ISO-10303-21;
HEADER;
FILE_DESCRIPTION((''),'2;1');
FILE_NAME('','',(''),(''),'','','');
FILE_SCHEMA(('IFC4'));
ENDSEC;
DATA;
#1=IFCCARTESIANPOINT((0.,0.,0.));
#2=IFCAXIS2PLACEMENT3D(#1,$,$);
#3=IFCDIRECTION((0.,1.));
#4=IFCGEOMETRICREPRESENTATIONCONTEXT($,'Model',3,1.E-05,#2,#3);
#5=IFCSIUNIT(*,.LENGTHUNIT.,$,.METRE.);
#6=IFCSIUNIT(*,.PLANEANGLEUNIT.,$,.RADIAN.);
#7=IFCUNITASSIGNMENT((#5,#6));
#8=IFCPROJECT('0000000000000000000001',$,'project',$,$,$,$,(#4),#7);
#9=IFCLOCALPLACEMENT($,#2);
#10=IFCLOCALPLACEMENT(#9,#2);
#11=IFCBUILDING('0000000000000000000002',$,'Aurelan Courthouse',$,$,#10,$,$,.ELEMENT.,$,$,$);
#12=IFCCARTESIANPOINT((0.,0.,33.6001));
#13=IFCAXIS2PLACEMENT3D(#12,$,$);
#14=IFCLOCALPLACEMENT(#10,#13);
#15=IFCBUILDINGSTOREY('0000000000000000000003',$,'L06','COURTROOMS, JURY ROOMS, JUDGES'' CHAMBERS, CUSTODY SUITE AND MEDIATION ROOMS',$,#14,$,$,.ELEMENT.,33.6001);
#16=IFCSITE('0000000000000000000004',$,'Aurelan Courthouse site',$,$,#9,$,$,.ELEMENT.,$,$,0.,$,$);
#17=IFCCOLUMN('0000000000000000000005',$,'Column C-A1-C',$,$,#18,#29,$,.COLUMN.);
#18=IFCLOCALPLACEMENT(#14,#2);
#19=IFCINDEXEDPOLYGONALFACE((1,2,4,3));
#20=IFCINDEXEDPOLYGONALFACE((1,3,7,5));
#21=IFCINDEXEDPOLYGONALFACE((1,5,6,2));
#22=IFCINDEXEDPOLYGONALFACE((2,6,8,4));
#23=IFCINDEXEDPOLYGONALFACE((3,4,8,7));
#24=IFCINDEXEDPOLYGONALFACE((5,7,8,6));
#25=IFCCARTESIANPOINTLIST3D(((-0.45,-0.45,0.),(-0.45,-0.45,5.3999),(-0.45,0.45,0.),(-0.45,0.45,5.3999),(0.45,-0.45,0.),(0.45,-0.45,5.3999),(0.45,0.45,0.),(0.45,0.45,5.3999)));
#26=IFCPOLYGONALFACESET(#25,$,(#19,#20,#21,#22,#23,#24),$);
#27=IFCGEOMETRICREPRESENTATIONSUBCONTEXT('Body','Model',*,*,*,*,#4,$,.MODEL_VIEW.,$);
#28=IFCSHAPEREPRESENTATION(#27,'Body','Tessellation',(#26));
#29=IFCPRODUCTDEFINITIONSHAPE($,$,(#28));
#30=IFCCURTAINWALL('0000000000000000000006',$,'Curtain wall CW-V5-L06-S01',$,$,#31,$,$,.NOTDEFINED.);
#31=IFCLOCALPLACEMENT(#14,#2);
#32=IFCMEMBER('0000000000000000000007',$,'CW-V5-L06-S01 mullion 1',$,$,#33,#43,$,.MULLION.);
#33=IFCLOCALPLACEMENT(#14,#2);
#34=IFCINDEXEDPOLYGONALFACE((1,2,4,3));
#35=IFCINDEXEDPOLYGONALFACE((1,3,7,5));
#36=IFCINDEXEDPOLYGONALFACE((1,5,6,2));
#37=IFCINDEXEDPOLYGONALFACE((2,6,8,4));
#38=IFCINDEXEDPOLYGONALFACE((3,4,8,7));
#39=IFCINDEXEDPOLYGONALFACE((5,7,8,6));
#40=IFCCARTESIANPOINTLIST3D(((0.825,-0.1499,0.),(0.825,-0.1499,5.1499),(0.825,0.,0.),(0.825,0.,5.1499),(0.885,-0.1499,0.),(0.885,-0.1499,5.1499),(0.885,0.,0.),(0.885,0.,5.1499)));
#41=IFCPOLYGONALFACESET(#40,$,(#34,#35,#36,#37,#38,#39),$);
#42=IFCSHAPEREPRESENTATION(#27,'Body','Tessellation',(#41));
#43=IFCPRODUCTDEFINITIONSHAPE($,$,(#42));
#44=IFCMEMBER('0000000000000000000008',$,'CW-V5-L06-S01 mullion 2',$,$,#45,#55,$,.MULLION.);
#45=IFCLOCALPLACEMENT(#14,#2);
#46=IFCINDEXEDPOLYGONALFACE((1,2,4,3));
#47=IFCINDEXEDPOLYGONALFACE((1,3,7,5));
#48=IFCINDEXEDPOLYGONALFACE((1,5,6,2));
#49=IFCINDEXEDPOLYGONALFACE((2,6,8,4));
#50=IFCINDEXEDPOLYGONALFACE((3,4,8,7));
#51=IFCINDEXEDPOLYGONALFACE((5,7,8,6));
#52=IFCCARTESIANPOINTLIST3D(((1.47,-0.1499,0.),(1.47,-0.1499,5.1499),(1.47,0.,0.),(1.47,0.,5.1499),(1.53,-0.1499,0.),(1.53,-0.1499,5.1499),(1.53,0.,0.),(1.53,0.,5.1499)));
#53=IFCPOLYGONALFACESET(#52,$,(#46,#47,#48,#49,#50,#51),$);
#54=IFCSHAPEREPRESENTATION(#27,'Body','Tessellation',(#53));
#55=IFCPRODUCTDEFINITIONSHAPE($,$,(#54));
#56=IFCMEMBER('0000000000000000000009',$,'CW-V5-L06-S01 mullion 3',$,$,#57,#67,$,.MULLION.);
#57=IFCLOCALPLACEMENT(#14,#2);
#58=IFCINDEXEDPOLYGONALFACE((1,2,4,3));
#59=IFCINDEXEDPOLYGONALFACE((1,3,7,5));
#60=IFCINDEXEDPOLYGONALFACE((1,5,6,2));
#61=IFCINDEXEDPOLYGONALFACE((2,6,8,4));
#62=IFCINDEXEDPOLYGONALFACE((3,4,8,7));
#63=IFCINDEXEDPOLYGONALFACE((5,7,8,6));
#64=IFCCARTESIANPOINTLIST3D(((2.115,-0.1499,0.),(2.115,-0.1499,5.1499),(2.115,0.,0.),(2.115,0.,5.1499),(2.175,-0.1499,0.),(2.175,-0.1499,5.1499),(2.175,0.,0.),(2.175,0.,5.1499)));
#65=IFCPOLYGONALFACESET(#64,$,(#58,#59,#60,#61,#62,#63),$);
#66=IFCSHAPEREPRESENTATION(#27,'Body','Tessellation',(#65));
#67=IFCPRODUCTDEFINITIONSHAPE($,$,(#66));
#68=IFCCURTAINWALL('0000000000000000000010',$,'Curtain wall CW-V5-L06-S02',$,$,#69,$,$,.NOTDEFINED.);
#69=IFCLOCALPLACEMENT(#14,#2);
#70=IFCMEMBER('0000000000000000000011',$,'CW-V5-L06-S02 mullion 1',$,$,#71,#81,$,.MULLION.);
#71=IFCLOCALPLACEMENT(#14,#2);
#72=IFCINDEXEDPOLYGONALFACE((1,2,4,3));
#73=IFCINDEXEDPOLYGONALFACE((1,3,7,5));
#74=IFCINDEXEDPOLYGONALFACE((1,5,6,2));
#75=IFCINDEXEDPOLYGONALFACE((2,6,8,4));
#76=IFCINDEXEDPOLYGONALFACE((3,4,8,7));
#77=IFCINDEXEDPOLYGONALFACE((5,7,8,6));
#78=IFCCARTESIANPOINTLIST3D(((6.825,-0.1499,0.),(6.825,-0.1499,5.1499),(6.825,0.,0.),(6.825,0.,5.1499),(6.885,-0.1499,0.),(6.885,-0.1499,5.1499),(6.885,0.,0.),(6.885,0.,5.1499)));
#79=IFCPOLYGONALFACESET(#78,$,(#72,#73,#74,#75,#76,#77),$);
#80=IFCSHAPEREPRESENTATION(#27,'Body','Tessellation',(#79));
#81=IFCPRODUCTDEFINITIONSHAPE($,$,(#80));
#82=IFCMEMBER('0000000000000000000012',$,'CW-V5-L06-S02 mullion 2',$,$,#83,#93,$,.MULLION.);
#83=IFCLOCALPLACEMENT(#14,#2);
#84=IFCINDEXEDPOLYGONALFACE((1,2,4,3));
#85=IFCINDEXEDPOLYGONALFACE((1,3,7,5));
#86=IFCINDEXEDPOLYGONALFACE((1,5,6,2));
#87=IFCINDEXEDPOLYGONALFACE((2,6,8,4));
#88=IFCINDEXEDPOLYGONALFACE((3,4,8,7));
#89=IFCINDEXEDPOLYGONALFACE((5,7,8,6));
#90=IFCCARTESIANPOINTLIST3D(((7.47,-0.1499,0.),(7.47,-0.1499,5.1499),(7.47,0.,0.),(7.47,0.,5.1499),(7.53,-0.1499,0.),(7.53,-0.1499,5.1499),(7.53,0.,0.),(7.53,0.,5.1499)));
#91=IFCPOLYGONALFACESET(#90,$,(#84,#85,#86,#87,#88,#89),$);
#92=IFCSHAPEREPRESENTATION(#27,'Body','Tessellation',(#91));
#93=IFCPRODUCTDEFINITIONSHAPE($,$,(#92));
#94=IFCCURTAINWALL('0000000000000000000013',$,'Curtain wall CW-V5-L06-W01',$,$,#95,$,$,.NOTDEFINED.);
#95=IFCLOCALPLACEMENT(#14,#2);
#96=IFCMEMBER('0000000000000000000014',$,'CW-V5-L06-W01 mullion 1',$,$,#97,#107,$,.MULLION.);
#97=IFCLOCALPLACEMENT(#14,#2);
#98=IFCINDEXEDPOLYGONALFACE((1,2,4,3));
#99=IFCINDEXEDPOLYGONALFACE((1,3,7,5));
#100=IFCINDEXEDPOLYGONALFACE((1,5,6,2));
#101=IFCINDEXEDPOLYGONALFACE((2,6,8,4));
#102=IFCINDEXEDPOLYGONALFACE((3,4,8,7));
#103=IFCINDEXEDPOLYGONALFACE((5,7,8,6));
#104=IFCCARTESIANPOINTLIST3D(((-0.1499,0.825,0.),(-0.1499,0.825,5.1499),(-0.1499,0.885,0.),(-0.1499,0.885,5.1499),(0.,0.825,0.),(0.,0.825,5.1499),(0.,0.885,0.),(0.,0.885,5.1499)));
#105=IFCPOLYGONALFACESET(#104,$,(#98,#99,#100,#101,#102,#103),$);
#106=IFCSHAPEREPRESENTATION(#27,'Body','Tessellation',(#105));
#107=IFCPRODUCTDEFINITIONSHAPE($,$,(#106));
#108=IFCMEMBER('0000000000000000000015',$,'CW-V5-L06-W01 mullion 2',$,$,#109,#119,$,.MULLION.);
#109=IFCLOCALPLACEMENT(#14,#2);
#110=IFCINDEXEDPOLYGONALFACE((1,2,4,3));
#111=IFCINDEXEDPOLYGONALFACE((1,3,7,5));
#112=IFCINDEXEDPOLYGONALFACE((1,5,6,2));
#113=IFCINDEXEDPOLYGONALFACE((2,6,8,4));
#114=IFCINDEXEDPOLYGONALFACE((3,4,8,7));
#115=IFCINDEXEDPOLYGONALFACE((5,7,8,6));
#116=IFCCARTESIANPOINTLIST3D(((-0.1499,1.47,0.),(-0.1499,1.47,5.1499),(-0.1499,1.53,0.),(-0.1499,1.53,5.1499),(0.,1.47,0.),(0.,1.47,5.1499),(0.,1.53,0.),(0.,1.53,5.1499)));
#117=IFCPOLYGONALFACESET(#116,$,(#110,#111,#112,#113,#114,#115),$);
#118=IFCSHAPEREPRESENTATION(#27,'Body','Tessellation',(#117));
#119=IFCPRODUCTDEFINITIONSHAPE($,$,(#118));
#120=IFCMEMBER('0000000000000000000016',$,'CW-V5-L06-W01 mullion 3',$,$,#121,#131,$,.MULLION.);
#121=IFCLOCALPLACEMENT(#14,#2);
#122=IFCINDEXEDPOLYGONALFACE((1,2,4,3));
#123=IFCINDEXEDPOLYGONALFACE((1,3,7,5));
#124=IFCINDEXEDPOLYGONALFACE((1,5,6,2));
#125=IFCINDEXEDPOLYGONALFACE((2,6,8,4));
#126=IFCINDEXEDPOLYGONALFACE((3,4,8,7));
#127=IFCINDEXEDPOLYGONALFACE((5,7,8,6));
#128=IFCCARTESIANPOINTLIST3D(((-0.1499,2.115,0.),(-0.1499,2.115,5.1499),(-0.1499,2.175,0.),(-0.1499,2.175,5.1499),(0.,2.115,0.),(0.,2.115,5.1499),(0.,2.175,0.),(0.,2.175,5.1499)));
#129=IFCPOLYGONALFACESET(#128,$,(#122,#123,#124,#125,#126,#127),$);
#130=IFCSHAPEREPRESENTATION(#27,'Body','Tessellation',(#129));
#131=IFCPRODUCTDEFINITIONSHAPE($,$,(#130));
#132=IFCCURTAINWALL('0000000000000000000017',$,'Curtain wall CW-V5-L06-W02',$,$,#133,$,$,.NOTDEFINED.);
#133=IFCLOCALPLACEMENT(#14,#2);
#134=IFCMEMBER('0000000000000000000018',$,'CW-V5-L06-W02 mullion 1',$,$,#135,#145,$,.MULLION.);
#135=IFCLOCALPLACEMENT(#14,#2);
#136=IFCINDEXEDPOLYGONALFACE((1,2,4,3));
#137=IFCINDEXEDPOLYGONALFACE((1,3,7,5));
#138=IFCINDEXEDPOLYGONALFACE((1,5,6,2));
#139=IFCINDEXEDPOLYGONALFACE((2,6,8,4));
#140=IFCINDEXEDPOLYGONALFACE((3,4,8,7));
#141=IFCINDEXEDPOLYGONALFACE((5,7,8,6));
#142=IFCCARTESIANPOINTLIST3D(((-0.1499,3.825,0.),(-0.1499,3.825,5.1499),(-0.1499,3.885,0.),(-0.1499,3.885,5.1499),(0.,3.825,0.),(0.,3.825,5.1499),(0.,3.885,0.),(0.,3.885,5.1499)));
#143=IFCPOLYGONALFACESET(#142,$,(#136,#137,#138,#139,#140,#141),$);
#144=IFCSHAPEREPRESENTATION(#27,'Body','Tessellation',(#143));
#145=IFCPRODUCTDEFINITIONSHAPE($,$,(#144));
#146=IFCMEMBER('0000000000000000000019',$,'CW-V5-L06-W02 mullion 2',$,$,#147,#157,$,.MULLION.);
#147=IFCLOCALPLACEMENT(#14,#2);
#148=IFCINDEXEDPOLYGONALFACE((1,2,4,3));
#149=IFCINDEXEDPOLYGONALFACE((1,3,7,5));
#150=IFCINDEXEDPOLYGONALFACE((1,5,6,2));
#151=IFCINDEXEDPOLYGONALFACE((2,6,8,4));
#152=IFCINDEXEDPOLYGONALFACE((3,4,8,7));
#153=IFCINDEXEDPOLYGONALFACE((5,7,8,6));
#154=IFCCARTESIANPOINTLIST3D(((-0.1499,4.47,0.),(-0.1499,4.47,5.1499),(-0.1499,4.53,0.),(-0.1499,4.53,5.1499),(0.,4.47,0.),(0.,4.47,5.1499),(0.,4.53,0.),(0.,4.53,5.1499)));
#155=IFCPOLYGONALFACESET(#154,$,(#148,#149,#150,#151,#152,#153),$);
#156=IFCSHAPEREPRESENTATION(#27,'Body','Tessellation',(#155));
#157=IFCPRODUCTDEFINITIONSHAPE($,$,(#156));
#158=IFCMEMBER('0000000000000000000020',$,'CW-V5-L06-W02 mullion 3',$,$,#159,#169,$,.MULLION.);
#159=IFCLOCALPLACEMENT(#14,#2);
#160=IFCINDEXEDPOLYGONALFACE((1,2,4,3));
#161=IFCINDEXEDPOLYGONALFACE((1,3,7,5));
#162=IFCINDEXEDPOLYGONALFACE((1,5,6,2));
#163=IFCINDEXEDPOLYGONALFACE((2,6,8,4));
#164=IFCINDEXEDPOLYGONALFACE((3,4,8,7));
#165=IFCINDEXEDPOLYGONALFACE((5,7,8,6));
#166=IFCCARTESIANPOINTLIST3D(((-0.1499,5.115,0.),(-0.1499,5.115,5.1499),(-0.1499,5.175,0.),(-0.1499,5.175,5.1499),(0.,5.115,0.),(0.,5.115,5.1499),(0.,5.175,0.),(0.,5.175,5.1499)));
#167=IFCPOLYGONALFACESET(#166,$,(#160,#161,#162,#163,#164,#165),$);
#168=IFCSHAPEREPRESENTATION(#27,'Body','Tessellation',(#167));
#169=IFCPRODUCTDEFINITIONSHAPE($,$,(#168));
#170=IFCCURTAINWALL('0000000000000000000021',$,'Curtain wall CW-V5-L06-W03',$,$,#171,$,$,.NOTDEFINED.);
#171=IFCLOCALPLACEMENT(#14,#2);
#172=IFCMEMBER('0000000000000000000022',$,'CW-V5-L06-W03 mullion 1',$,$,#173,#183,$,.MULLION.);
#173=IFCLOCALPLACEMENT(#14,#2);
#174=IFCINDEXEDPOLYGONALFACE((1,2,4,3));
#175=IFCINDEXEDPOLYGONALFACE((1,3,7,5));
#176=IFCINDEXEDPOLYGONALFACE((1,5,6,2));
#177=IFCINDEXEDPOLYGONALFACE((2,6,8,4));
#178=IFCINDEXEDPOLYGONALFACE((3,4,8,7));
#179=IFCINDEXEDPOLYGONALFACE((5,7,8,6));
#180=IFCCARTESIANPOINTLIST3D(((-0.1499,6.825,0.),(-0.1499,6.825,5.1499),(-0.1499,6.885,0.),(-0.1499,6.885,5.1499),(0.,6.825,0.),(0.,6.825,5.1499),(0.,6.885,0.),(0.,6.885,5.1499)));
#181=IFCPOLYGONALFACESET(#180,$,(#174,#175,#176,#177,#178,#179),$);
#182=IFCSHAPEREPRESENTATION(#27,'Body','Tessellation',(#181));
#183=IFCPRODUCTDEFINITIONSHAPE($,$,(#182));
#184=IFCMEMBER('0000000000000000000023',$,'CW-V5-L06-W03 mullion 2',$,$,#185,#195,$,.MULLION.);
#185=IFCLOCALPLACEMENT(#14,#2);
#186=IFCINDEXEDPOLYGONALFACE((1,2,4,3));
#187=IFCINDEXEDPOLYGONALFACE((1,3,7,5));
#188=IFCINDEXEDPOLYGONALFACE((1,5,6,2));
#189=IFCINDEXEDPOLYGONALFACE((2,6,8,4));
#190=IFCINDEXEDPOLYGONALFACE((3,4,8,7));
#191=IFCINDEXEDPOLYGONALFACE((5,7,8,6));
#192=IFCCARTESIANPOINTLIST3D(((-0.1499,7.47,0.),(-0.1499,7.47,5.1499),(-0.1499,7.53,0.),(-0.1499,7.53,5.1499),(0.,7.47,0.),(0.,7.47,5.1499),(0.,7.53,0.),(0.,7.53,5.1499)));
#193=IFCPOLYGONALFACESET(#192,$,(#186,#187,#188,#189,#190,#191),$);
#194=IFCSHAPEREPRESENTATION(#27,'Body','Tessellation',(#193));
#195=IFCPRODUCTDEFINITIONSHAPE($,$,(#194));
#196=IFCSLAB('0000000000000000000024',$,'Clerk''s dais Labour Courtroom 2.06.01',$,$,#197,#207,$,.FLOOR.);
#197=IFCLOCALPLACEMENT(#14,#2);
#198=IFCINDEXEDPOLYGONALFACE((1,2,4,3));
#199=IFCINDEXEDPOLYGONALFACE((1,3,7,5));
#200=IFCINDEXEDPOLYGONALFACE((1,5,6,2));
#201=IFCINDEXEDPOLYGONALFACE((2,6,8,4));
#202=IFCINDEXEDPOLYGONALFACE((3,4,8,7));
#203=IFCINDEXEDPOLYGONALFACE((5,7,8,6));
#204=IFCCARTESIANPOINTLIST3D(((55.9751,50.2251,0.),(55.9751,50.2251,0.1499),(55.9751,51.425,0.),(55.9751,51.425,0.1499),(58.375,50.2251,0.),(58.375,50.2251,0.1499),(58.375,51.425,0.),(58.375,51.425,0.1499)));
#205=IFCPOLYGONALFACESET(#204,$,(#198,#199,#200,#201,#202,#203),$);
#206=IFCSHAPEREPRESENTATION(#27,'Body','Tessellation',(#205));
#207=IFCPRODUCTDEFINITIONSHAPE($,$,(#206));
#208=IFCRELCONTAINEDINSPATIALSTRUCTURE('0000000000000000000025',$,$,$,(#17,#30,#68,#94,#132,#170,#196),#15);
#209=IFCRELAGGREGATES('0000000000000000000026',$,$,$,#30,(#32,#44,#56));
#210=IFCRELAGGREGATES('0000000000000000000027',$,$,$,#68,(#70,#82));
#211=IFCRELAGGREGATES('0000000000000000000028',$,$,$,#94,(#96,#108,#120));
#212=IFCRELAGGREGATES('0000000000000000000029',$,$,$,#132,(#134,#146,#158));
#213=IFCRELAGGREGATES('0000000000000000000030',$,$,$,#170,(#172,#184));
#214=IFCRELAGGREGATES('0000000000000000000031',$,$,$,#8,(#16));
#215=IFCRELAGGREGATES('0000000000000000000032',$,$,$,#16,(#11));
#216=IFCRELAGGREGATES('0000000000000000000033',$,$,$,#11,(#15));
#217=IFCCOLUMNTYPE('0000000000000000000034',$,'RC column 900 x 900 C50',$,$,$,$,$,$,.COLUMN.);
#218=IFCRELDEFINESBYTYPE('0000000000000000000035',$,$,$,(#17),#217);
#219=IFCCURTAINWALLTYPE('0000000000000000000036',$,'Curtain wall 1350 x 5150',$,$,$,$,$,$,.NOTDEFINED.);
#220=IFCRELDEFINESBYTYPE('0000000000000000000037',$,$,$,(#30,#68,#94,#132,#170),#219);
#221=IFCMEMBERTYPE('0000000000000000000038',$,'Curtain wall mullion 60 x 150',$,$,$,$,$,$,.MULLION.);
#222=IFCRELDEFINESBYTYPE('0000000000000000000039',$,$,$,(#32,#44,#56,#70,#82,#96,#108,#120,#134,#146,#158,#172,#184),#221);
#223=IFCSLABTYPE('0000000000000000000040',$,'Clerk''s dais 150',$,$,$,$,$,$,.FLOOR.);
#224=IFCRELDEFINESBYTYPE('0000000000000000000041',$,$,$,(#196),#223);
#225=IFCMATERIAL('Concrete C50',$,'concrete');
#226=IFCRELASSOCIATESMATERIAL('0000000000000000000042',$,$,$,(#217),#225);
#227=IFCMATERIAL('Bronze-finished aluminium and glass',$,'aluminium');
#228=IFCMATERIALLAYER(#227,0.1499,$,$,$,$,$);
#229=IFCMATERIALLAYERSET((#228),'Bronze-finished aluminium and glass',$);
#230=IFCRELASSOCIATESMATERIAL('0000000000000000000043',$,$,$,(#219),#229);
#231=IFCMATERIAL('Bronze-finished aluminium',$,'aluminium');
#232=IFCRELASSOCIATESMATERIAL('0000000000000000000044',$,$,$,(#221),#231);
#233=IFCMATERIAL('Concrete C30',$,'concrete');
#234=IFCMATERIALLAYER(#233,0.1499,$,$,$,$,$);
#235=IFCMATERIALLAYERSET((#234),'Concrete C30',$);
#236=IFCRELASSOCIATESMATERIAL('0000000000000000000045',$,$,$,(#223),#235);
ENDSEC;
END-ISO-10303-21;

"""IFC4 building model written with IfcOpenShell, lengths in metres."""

from ifc_helpers import new_model, si_unit, direction, frame, origin, origin_with_axes, origin_2d, place, context, subcontext, project, spatial, polyline, rectangle, outline, extrude, material, layer, layer_set, material_profile, profile_set, type_object, element, aggregate, save


model = new_model("IFC4")

# Units and contexts
model_context = context("Model", 3, precision=1e-05, world=origin(), true_north=direction((0.0, 1.0)))
body_context = subcontext(model_context, "Body", "Model", "MODEL_VIEW")
ifc_project = project(units=[si_unit("LENGTHUNIT", "METRE"), si_unit("PLANEANGLEUNIT", "RADIAN")], contexts=[model_context])

# Site, building, storey
site_placement = place(None, origin())
site = spatial("IfcSite", under=ifc_project, at=site_placement, Name="Aurelan Courthouse site", CompositionType="ELEMENT", RefElevation=0.0)
building_placement = place(site_placement, origin())
building = spatial("IfcBuilding", under=site, at=building_placement, Name="Aurelan Courthouse", CompositionType="ELEMENT")
storey_placement = place(building_placement, frame((0.0, 0.0, 33.6001)))
storey = spatial("IfcBuildingStorey", under=building, at=storey_placement, Name="L06", Description="COURTROOMS, JURY ROOMS, JUDGES' CHAMBERS, CUSTODY SUITE AND MEDIATION ROOMS", CompositionType="ELEMENT", Elevation=33.6001)

# Column
ifc_material_1 = material(Name="Concrete C50", Category="concrete")
ifc_material_profile_1 = material_profile(ifc_material_1, rectangle(XDim=0.8999, YDim=0.8999, at=origin_2d()), Name="RC 900 x 900")
ifc_profile_set_1 = profile_set([ifc_material_profile_1], Name="Concrete C50")
column_type = type_object("IfcColumnType", Name="RC column 900 x 900 C50", PredefinedType="COLUMN", material=ifc_profile_set_1)
column_placement = place(storey_placement, origin_with_axes())
element("IfcColumn", 1, at=column_placement, inside=storey, type_object=column_type, Name="Column C-A1-C", PredefinedType="COLUMN", context=body_context, shape_type="SweptSolid", body=[
    extrude(rectangle(XDim=0.8999, YDim=0.8999, at=origin_2d()), origin(), (0.0, 0.0, 1.0), 5.3999),
])

# Curtain walls, members
ifc_material_2 = material(Name="Bronze-finished aluminium and glass", Category="aluminium")
ifc_layer_1 = layer(ifc_material_2, 0.1499)
ifc_layer_set_1 = layer_set([ifc_layer_1], Name="Bronze-finished aluminium and glass")
curtain_wall_type = type_object("IfcCurtainWallType", Name="Curtain wall 1350 x 5150", PredefinedType="NOTDEFINED", material=ifc_layer_set_1)
curtain_wall_1_placement = place(storey_placement, origin())
curtain_wall_1 = element("IfcCurtainWall", 2, at=curtain_wall_1_placement, inside=storey, type_object=curtain_wall_type, Name="Curtain wall CW-V5-L06-S01", PredefinedType="NOTDEFINED")
ifc_material_3 = material(Name="Bronze-finished aluminium", Category="aluminium")
ifc_material_profile_2 = material_profile(ifc_material_3, rectangle(XDim=0.1499, YDim=0.0601, at=origin_2d()), Name="Bronze mullion 60 x 150")
ifc_profile_set_2 = profile_set([ifc_material_profile_2], Name="Bronze-finished aluminium")
member_type = type_object("IfcMemberType", Name="Curtain wall mullion 60 x 150", PredefinedType="MULLION", material=ifc_profile_set_2)
member_1_placement = place(storey_placement, frame((0.855, -0.075, 0.0), z_axis=(0.0, 0.0, 1.0), x_axis=(0.0, 1.0, 0.0)))
member_1 = element("IfcMember", 3, at=member_1_placement, type_object=member_type, Name="CW-V5-L06-S01 mullion 1", PredefinedType="MULLION", context=body_context, shape_type="SweptSolid", body=[
    extrude(rectangle(XDim=0.1499, YDim=0.0601, at=origin_2d()), origin(), (0.0, 0.0, 1.0), 5.1499),
])
member_2_placement = place(storey_placement, frame((1.5, -0.075, 0.0), z_axis=(0.0, 0.0, 1.0), x_axis=(0.0, 1.0, 0.0)))
member_2 = element("IfcMember", 4, at=member_2_placement, type_object=member_type, Name="CW-V5-L06-S01 mullion 2", PredefinedType="MULLION", context=body_context, shape_type="SweptSolid", body=[
    extrude(rectangle(XDim=0.1499, YDim=0.0601, at=origin_2d()), origin(), (0.0, 0.0, 1.0), 5.1499),
])
member_3_placement = place(storey_placement, frame((2.145, -0.075, 0.0), z_axis=(0.0, 0.0, 1.0), x_axis=(0.0, 1.0, 0.0)))
member_3 = element("IfcMember", 5, at=member_3_placement, type_object=member_type, Name="CW-V5-L06-S01 mullion 3", PredefinedType="MULLION", context=body_context, shape_type="SweptSolid", body=[
    extrude(rectangle(XDim=0.1499, YDim=0.0601, at=origin_2d()), origin(), (0.0, 0.0, 1.0), 5.1499),
])
aggregate(curtain_wall_1, [member_1, member_2, member_3])
curtain_wall_2_placement = place(storey_placement, origin())
curtain_wall_2 = element("IfcCurtainWall", 6, at=curtain_wall_2_placement, inside=storey, type_object=curtain_wall_type, Name="Curtain wall CW-V5-L06-S02", PredefinedType="NOTDEFINED")
member_4_placement = place(storey_placement, frame((6.855, -0.075, 0.0), z_axis=(0.0, 0.0, 1.0), x_axis=(0.0, 1.0, 0.0)))
member_4 = element("IfcMember", 7, at=member_4_placement, type_object=member_type, Name="CW-V5-L06-S02 mullion 1", PredefinedType="MULLION", context=body_context, shape_type="SweptSolid", body=[
    extrude(rectangle(XDim=0.1499, YDim=0.0601, at=origin_2d()), origin(), (0.0, 0.0, 1.0), 5.1499),
])
member_5_placement = place(storey_placement, frame((7.5, -0.075, 0.0), z_axis=(0.0, 0.0, 1.0), x_axis=(0.0, 1.0, 0.0)))
member_5 = element("IfcMember", 8, at=member_5_placement, type_object=member_type, Name="CW-V5-L06-S02 mullion 2", PredefinedType="MULLION", context=body_context, shape_type="SweptSolid", body=[
    extrude(rectangle(XDim=0.1499, YDim=0.0601, at=origin_2d()), origin(), (0.0, 0.0, 1.0), 5.1499),
])
aggregate(curtain_wall_2, [member_4, member_5])
curtain_wall_3_placement = place(storey_placement, origin())
curtain_wall_3 = element("IfcCurtainWall", 9, at=curtain_wall_3_placement, inside=storey, type_object=curtain_wall_type, Name="Curtain wall CW-V5-L06-W01", PredefinedType="NOTDEFINED")
member_6_placement = place(storey_placement, frame((-0.075, 0.855, 0.0), z_axis=(0.0, 0.0, 1.0), x_axis=(-1.0, 0.0, 0.0)))
member_6 = element("IfcMember", 10, at=member_6_placement, type_object=member_type, Name="CW-V5-L06-W01 mullion 1", PredefinedType="MULLION", context=body_context, shape_type="SweptSolid", body=[
    extrude(rectangle(XDim=0.1499, YDim=0.0601, at=origin_2d()), origin(), (0.0, 0.0, 1.0), 5.1499),
])
member_7_placement = place(storey_placement, frame((-0.075, 1.5, 0.0), z_axis=(0.0, 0.0, 1.0), x_axis=(-1.0, 0.0, 0.0)))
member_7 = element("IfcMember", 11, at=member_7_placement, type_object=member_type, Name="CW-V5-L06-W01 mullion 2", PredefinedType="MULLION", context=body_context, shape_type="SweptSolid", body=[
    extrude(rectangle(XDim=0.1499, YDim=0.0601, at=origin_2d()), origin(), (0.0, 0.0, 1.0), 5.1499),
])
member_8_placement = place(storey_placement, frame((-0.075, 2.145, 0.0), z_axis=(0.0, 0.0, 1.0), x_axis=(-1.0, 0.0, 0.0)))
member_8 = element("IfcMember", 12, at=member_8_placement, type_object=member_type, Name="CW-V5-L06-W01 mullion 3", PredefinedType="MULLION", context=body_context, shape_type="SweptSolid", body=[
    extrude(rectangle(XDim=0.1499, YDim=0.0601, at=origin_2d()), origin(), (0.0, 0.0, 1.0), 5.1499),
])
aggregate(curtain_wall_3, [member_6, member_7, member_8])
curtain_wall_4_placement = place(storey_placement, origin())
curtain_wall_4 = element("IfcCurtainWall", 13, at=curtain_wall_4_placement, inside=storey, type_object=curtain_wall_type, Name="Curtain wall CW-V5-L06-W02", PredefinedType="NOTDEFINED")
member_9_placement = place(storey_placement, frame((-0.075, 3.855, 0.0), z_axis=(0.0, 0.0, 1.0), x_axis=(-1.0, 0.0, 0.0)))
member_9 = element("IfcMember", 14, at=member_9_placement, type_object=member_type, Name="CW-V5-L06-W02 mullion 1", PredefinedType="MULLION", context=body_context, shape_type="SweptSolid", body=[
    extrude(rectangle(XDim=0.1499, YDim=0.0601, at=origin_2d()), origin(), (0.0, 0.0, 1.0), 5.1499),
])
member_10_placement = place(storey_placement, frame((-0.075, 4.5, 0.0), z_axis=(0.0, 0.0, 1.0), x_axis=(-1.0, 0.0, 0.0)))
member_10 = element("IfcMember", 15, at=member_10_placement, type_object=member_type, Name="CW-V5-L06-W02 mullion 2", PredefinedType="MULLION", context=body_context, shape_type="SweptSolid", body=[
    extrude(rectangle(XDim=0.1499, YDim=0.0601, at=origin_2d()), origin(), (0.0, 0.0, 1.0), 5.1499),
])
member_11_placement = place(storey_placement, frame((-0.075, 5.145, 0.0), z_axis=(0.0, 0.0, 1.0), x_axis=(-1.0, 0.0, 0.0)))
member_11 = element("IfcMember", 16, at=member_11_placement, type_object=member_type, Name="CW-V5-L06-W02 mullion 3", PredefinedType="MULLION", context=body_context, shape_type="SweptSolid", body=[
    extrude(rectangle(XDim=0.1499, YDim=0.0601, at=origin_2d()), origin(), (0.0, 0.0, 1.0), 5.1499),
])
aggregate(curtain_wall_4, [member_9, member_10, member_11])
curtain_wall_5_placement = place(storey_placement, origin())
curtain_wall_5 = element("IfcCurtainWall", 17, at=curtain_wall_5_placement, inside=storey, type_object=curtain_wall_type, Name="Curtain wall CW-V5-L06-W03", PredefinedType="NOTDEFINED")
member_12_placement = place(storey_placement, frame((-0.075, 6.855, 0.0), z_axis=(0.0, 0.0, 1.0), x_axis=(-1.0, 0.0, 0.0)))
member_12 = element("IfcMember", 18, at=member_12_placement, type_object=member_type, Name="CW-V5-L06-W03 mullion 1", PredefinedType="MULLION", context=body_context, shape_type="SweptSolid", body=[
    extrude(rectangle(XDim=0.1499, YDim=0.0601, at=origin_2d()), origin(), (0.0, 0.0, 1.0), 5.1499),
])
member_13_placement = place(storey_placement, frame((-0.075, 7.5, 0.0), z_axis=(0.0, 0.0, 1.0), x_axis=(-1.0, 0.0, 0.0)))
member_13 = element("IfcMember", 19, at=member_13_placement, type_object=member_type, Name="CW-V5-L06-W03 mullion 2", PredefinedType="MULLION", context=body_context, shape_type="SweptSolid", body=[
    extrude(rectangle(XDim=0.1499, YDim=0.0601, at=origin_2d()), origin(), (0.0, 0.0, 1.0), 5.1499),
])
aggregate(curtain_wall_5, [member_12, member_13])

# Slab
ifc_material_4 = material(Name="Concrete C30", Category="concrete")
ifc_layer_2 = layer(ifc_material_4, 0.1499)
ifc_layer_set_2 = layer_set([ifc_layer_2], Name="Concrete C30")
slab_type_1 = type_object("IfcSlabType", Name="Clerk's dais 150", PredefinedType="FLOOR", material=ifc_layer_set_2)
slab_1_placement = place(storey_placement, origin())
element("IfcSlab", 20, at=slab_1_placement, inside=storey, type_object=slab_type_1, Name="Clerk's dais Labour Courtroom 2.06.01", PredefinedType="FLOOR", context=body_context, shape_type="SweptSolid", body=[
    extrude(outline(polyline([(55.9751, 50.2251), (58.375, 50.2251), (58.375, 51.425), (55.9751, 51.425), (55.9751, 50.2251)])), origin(), (0.0, 0.0, 1.0), 0.1499),
])

save(model, "model.ifc")
